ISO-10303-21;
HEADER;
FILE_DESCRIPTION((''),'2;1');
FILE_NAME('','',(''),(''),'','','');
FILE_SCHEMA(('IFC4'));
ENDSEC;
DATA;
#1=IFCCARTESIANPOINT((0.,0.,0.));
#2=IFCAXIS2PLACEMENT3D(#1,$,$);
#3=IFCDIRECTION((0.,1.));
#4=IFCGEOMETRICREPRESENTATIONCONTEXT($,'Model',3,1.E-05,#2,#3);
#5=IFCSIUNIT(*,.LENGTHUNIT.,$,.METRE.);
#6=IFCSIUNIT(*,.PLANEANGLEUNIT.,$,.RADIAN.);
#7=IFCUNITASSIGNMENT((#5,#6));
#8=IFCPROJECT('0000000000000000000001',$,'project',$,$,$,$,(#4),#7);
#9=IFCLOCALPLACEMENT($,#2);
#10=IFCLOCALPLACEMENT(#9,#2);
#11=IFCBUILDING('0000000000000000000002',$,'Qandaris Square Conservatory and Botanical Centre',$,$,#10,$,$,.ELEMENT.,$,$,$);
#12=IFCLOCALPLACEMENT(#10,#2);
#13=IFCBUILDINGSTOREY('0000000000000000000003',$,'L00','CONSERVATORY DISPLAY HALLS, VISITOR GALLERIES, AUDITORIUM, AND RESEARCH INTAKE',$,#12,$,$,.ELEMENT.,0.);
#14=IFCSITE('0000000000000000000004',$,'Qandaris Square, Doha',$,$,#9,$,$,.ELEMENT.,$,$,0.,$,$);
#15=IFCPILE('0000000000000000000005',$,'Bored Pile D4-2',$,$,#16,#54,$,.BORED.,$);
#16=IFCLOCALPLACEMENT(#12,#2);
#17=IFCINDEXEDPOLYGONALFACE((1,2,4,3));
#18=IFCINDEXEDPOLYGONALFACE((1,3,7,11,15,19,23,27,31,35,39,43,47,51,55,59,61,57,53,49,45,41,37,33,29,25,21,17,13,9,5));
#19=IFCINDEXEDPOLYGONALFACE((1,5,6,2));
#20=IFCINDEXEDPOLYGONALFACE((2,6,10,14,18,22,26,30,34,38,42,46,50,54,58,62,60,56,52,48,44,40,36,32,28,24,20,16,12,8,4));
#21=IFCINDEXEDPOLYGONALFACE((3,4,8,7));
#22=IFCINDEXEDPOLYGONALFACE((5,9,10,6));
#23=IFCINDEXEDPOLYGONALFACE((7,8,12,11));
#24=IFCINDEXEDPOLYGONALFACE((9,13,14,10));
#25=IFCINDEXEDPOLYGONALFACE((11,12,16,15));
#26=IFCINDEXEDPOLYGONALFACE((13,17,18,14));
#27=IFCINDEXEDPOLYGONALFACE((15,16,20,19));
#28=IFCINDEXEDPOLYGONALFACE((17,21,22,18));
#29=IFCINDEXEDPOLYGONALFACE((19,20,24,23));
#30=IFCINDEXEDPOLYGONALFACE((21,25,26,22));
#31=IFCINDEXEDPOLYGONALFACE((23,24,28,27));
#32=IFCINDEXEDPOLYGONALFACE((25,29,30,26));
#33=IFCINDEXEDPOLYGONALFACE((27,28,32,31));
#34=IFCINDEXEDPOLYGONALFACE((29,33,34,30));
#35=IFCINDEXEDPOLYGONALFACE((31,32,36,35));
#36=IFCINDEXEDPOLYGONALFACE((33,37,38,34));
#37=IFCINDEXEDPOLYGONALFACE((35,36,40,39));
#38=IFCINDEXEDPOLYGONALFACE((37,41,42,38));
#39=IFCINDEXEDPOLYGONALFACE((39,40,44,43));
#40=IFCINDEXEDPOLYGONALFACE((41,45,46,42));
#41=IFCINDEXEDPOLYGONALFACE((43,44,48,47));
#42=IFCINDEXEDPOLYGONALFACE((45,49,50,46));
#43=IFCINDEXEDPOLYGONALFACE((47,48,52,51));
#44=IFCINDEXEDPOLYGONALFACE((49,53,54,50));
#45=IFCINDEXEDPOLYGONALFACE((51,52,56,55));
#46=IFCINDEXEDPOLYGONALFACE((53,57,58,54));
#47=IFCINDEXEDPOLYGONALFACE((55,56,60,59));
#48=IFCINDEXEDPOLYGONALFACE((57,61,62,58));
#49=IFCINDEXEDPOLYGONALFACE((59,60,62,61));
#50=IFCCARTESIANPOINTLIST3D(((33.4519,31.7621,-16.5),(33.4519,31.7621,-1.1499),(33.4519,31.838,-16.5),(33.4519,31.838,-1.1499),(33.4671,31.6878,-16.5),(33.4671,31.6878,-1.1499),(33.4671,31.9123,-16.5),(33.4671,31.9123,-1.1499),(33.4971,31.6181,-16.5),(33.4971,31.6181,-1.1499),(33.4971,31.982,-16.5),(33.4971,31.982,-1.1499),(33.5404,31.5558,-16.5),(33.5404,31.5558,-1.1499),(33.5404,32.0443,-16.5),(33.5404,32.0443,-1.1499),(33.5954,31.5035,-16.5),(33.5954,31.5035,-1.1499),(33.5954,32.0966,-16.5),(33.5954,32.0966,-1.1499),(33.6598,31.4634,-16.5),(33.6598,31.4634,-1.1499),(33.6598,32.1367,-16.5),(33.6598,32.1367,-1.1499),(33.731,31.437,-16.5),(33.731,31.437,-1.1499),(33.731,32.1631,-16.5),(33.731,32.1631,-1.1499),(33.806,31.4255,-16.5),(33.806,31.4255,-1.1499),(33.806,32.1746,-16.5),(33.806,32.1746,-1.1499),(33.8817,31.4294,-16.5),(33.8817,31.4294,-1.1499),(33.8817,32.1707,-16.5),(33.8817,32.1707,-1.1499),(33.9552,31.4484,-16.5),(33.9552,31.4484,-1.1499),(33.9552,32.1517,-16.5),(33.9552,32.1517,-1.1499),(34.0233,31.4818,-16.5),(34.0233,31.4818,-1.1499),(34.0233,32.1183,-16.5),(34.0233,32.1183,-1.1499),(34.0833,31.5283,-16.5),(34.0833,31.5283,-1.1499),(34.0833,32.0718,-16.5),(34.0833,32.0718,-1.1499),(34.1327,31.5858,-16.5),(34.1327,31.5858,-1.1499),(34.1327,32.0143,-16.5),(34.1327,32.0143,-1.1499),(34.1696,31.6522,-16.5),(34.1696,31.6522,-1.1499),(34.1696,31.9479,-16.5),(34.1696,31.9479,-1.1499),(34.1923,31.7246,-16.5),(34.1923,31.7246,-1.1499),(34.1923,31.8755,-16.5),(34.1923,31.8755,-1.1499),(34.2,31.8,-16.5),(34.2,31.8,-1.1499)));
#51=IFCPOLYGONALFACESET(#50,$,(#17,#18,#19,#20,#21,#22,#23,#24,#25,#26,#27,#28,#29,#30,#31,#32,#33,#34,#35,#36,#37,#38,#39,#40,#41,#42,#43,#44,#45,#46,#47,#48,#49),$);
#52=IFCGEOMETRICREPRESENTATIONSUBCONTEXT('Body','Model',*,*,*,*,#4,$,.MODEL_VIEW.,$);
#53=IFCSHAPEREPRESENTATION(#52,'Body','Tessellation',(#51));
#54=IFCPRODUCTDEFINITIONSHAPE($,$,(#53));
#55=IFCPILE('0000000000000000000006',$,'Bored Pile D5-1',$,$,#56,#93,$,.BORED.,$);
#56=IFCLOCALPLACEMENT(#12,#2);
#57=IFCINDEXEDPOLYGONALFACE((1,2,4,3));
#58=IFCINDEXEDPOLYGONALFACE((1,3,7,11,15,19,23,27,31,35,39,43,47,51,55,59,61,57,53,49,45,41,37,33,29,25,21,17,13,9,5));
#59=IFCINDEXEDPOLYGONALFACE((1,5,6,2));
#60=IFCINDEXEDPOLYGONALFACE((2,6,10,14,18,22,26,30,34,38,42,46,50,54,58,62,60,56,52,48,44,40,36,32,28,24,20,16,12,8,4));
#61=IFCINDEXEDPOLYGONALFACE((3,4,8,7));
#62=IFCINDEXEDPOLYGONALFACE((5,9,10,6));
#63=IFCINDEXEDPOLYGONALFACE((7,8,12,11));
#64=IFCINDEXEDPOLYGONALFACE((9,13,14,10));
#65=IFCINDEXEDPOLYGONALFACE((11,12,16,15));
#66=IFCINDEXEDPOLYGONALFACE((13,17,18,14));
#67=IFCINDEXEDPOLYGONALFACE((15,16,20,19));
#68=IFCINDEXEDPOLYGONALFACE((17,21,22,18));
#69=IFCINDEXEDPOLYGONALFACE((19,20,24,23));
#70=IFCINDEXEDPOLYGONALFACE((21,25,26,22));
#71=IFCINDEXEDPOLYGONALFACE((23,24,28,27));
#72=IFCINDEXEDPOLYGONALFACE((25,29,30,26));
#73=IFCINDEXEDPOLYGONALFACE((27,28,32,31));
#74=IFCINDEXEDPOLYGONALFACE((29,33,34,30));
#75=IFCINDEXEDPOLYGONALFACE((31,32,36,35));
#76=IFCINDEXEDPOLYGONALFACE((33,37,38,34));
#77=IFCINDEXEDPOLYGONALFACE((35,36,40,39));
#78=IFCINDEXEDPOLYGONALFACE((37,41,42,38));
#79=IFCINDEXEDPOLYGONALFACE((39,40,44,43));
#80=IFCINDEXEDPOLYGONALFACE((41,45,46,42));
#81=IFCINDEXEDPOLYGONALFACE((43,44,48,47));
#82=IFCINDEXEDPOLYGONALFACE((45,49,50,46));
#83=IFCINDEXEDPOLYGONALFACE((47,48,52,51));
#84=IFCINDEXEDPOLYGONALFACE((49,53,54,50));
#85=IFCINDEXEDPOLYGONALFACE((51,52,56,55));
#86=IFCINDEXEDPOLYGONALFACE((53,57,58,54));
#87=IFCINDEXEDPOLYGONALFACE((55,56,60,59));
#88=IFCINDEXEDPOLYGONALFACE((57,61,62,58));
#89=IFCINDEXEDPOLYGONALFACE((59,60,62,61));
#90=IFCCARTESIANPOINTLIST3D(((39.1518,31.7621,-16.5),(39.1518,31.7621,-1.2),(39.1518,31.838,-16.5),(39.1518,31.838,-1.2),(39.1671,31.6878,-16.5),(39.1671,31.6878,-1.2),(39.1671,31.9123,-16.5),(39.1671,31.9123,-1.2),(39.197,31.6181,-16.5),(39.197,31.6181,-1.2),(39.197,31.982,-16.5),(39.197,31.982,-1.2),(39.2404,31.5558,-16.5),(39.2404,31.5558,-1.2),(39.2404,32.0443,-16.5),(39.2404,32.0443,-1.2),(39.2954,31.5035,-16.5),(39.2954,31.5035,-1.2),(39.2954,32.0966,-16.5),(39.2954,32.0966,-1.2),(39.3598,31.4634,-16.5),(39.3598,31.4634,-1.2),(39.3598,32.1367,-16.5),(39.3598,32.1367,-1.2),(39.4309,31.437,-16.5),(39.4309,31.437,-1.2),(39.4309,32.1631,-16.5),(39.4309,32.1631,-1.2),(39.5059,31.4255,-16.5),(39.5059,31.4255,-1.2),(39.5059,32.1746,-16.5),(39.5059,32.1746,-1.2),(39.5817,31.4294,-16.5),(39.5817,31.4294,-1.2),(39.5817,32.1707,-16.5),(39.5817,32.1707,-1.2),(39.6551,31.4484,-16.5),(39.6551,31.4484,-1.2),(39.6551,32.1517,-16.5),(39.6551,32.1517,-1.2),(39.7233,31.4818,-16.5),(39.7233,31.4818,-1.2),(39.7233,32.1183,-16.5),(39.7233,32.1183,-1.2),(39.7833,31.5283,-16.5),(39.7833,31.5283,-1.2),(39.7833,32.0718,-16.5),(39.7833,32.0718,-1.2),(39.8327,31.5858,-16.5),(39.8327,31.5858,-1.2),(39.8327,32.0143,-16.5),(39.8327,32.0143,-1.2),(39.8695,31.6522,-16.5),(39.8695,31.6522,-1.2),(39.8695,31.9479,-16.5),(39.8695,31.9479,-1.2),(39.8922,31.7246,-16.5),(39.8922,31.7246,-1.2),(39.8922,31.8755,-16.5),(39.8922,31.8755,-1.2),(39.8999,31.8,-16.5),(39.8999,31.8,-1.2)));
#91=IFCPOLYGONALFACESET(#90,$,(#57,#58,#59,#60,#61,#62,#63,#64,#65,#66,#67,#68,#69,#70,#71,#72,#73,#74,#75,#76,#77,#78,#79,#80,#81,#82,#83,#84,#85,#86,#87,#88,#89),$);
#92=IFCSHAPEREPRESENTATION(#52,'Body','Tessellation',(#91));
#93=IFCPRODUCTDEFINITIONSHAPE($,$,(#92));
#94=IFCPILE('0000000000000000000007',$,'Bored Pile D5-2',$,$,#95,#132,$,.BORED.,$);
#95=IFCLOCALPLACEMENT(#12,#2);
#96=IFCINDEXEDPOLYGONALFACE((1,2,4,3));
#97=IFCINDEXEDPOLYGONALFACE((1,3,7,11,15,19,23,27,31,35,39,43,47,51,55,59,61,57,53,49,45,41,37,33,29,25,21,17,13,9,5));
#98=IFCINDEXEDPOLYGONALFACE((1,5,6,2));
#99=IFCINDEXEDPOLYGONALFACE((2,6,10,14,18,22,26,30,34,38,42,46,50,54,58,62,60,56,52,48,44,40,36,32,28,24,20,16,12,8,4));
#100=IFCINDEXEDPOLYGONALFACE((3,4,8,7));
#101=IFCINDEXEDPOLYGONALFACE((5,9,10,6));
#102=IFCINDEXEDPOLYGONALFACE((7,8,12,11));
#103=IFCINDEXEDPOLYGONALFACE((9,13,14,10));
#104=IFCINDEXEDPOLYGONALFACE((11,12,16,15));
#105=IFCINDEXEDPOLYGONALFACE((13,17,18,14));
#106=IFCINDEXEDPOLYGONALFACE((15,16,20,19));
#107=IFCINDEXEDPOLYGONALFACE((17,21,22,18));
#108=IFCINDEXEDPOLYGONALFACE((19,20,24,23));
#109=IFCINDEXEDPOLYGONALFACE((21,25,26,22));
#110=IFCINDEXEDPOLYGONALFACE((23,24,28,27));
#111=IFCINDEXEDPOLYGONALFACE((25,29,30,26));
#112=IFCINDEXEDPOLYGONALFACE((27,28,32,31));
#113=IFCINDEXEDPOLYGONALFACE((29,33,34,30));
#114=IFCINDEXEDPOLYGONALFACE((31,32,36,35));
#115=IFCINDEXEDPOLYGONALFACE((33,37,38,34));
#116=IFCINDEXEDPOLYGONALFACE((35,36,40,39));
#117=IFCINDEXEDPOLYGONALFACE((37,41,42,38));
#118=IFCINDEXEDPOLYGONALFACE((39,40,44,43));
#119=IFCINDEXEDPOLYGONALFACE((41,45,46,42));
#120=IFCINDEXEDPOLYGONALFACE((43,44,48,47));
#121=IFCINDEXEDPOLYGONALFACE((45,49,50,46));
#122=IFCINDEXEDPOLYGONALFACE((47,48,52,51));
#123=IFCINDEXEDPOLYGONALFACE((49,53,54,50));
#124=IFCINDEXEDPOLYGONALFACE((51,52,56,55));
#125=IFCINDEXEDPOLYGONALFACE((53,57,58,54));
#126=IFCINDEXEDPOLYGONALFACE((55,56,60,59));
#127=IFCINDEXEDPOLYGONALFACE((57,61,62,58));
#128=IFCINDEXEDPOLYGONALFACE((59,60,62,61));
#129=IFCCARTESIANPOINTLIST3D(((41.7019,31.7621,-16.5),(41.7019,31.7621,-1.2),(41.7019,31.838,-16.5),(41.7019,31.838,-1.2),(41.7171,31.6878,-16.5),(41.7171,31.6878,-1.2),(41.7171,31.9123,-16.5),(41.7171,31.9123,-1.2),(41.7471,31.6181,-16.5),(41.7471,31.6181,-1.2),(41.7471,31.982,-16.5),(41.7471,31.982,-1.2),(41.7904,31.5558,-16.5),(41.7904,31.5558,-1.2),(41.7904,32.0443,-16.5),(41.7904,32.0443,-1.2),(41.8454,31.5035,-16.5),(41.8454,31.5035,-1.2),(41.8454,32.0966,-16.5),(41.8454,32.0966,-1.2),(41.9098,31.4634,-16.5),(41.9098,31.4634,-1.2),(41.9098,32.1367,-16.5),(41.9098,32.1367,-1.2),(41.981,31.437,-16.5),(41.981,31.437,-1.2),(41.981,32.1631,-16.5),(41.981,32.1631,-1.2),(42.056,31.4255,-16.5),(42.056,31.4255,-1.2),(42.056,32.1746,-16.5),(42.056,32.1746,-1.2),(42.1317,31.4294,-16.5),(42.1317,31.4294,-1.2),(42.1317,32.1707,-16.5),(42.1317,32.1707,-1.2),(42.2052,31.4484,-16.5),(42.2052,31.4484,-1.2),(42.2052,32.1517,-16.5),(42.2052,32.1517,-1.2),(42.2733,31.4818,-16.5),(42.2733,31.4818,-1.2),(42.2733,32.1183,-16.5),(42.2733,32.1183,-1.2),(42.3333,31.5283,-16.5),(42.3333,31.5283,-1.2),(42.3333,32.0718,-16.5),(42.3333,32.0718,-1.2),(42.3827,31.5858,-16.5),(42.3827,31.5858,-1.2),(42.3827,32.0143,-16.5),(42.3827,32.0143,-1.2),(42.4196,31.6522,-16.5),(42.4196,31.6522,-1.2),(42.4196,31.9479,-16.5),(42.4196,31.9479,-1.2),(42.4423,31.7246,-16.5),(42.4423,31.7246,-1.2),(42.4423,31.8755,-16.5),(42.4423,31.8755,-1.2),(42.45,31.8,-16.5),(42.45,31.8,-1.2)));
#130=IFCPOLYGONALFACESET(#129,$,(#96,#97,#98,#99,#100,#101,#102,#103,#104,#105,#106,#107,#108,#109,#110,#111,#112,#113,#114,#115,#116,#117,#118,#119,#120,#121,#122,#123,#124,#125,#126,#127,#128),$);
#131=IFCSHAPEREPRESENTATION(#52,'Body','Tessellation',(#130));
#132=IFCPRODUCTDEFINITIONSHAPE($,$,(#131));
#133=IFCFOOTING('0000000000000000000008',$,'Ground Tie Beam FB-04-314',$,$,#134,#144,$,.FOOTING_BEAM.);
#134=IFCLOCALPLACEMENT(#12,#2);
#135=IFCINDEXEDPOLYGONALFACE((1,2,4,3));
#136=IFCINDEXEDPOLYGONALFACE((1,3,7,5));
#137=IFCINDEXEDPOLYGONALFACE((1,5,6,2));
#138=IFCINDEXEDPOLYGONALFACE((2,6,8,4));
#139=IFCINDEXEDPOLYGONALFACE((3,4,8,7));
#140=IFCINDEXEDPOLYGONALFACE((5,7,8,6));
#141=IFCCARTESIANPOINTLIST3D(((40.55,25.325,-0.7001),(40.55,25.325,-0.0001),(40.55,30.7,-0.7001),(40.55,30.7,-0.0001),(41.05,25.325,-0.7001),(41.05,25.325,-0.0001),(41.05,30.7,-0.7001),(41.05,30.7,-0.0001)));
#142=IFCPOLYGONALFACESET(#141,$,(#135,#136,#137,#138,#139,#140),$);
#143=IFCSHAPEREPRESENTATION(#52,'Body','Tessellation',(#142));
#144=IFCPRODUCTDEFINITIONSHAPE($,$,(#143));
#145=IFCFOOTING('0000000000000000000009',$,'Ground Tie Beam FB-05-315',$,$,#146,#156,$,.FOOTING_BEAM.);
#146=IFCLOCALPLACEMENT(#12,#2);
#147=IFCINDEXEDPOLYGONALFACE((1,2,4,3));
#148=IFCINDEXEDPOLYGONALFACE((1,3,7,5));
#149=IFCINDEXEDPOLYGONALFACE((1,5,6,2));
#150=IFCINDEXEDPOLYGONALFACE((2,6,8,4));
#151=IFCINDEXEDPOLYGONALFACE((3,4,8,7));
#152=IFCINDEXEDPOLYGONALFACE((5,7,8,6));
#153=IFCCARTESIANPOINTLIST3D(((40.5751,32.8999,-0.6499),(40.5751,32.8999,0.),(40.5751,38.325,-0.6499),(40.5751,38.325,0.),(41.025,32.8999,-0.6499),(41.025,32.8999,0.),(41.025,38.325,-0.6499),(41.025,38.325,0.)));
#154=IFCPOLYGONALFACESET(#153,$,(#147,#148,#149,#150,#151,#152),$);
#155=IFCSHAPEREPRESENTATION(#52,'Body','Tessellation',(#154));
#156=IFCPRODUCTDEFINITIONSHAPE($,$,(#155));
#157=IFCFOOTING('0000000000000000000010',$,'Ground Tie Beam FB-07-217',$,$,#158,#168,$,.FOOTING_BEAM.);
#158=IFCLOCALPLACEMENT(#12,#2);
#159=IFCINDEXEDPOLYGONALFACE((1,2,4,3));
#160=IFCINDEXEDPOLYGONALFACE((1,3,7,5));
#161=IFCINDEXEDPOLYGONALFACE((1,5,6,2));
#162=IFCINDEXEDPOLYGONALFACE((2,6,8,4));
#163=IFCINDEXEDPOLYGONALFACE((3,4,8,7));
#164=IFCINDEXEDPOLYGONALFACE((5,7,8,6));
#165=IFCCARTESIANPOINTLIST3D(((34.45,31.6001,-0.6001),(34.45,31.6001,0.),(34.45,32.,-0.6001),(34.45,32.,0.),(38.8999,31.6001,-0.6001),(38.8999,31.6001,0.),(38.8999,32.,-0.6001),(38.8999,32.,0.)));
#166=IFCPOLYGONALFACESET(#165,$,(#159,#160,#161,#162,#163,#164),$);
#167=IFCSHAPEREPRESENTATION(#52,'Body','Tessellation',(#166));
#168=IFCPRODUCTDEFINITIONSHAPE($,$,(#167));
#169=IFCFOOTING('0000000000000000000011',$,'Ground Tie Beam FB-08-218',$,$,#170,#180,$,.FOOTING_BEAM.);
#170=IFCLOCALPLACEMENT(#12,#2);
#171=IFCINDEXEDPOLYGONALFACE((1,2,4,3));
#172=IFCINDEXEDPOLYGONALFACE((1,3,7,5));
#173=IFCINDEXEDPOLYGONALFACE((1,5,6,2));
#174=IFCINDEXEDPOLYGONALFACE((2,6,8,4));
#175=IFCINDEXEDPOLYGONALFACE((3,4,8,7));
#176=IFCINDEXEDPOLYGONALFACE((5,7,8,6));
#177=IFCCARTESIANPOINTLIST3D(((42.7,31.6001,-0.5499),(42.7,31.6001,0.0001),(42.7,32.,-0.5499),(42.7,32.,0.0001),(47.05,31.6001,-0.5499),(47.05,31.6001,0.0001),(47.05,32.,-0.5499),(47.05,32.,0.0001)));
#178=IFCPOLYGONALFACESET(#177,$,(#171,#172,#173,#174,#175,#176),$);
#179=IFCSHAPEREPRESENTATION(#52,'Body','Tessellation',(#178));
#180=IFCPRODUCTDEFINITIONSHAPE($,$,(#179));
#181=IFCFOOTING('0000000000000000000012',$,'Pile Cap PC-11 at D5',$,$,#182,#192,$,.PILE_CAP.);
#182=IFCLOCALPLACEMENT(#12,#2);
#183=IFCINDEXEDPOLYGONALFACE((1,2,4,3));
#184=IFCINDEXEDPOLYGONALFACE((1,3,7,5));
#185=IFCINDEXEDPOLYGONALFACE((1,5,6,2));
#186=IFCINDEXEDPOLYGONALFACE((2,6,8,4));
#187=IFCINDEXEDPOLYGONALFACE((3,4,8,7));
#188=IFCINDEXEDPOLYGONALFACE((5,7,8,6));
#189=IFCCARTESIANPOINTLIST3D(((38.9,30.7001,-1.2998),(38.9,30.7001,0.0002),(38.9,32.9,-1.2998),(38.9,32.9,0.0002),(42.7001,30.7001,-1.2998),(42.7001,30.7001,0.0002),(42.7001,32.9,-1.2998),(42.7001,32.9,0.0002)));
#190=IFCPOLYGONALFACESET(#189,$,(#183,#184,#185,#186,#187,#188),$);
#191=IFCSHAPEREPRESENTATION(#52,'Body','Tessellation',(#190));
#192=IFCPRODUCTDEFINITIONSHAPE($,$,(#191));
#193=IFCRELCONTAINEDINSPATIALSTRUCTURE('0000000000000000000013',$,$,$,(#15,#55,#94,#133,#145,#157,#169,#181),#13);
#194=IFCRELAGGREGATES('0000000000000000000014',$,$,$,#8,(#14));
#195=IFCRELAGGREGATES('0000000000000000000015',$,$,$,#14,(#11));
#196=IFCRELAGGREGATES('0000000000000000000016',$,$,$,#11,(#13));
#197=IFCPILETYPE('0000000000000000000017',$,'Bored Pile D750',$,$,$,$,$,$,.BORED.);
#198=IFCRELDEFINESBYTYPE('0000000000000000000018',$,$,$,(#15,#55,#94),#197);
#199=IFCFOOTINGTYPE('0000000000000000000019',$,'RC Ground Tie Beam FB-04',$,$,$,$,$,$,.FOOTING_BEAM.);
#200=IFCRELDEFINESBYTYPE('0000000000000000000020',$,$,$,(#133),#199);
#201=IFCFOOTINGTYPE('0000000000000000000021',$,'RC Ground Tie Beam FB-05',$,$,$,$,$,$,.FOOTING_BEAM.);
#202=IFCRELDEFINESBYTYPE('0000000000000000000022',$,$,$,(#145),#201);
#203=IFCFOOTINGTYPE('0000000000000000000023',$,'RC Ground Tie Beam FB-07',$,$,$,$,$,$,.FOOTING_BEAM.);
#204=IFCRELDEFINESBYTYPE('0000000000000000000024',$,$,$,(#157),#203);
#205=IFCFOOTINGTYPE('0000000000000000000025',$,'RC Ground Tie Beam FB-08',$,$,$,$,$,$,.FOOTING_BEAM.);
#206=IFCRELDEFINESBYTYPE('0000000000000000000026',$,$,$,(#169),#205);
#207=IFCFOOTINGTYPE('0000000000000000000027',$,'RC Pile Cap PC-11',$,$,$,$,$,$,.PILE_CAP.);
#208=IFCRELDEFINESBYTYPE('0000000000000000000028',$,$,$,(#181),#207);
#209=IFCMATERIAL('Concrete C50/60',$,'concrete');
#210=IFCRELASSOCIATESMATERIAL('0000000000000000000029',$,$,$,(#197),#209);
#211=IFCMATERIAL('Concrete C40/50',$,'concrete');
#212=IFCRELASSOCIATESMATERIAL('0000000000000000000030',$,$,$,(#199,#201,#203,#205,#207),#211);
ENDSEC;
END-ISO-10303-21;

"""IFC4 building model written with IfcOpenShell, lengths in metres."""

from ifc_helpers import new_model, si_unit, direction, frame, origin, origin_2d, place, context, subcontext, project, spatial, rectangle, circle, extrude, material, material_profile, profile_set, type_object, element, save


model = new_model("IFC4")

# Units and contexts
model_context = context("Model", 3, precision=1e-05, world=origin(), true_north=direction((0.0, 1.0)))
body_context = subcontext(model_context, "Body", "Model", "MODEL_VIEW")
ifc_project = project(units=[si_unit("LENGTHUNIT", "METRE"), si_unit("PLANEANGLEUNIT", "RADIAN")], contexts=[model_context])

# Site, building, storey
site_placement = place(None, origin())
site = spatial("IfcSite", under=ifc_project, at=site_placement, Name="Qandaris Square, Doha", CompositionType="ELEMENT", RefElevation=0.0)
building_placement = place(site_placement, origin())
building = spatial("IfcBuilding", under=site, at=building_placement, Name="Qandaris Square Conservatory and Botanical Centre", CompositionType="ELEMENT")
storey_placement = place(building_placement, origin())
storey = spatial("IfcBuildingStorey", under=building, at=storey_placement, Name="L00", Description="CONSERVATORY DISPLAY HALLS, VISITOR GALLERIES, AUDITORIUM, AND RESEARCH INTAKE", CompositionType="ELEMENT", Elevation=0.0)

# Piles
ifc_material_1 = material(Name="Concrete C50/60", Category="concrete")
ifc_material_profile_1 = material_profile(ifc_material_1, circle(Radius=0.375, at=origin_2d()), Name="PILE D750")
ifc_profile_set_1 = profile_set([ifc_material_profile_1], Name="Concrete C50/60")
pile_type = type_object("IfcPileType", Name="Bored Pile D750", PredefinedType="BORED", material=ifc_profile_set_1)
pile_placement = place(storey_placement, frame((33.825, 31.8, -1.1499), z_axis=(0.0, 0.0, -1.0), x_axis=(1.0, 0.0, 0.0)))
element("IfcPile", 1, at=pile_placement, inside=storey, type_object=pile_type, Name="Bored Pile D4-2", PredefinedType="BORED", context=body_context, shape_type="SweptSolid", body=[
    extrude(circle(Radius=0.375, at=origin_2d()), origin(), (0.0, 0.0, 1.0), 15.3501),
])
for number, where, z_axis, x_axis, name in (
    (2, (39.5249, 31.8, -1.2), (0.0, 0.0, -1.0), (1.0, 0.0, 0.0), "Bored Pile D5-1"),
    (3, (42.075, 31.8, -1.2), (0.0, 0.0, -1.0), (1.0, 0.0, 0.0), "Bored Pile D5-2"),
):
    element("IfcPile", number, at=place(storey_placement, frame(where, z_axis=z_axis, x_axis=x_axis)), inside=storey, type_object=pile_type, Name=name, PredefinedType="BORED", context=body_context, shape_type="SweptSolid", body=[
        extrude(circle(Radius=0.375, at=origin_2d()), origin(), (0.0, 0.0, 1.0), 15.3),
    ])

# Footings
ifc_material_2 = material(Name="Concrete C40/50", Category="concrete")
ifc_material_profile_2 = material_profile(ifc_material_2, rectangle(XDim=0.5, YDim=0.7, at=origin_2d()), Name="FB 500x700")
ifc_profile_set_2 = profile_set([ifc_material_profile_2], Name="Concrete C40/50")
footing_type_1 = type_object("IfcFootingType", Name="RC Ground Tie Beam FB-04", PredefinedType="FOOTING_BEAM", material=ifc_profile_set_2)
footing_1_placement = place(storey_placement, frame((40.8, 25.325, -0.3501), z_axis=(0.0, 1.0, 0.0), x_axis=(-1.0, 0.0, 0.0)))
element("IfcFooting", 4, at=footing_1_placement, inside=storey, type_object=footing_type_1, Name="Ground Tie Beam FB-04-314", PredefinedType="FOOTING_BEAM", context=body_context, shape_type="SweptSolid", body=[
    extrude(rectangle(XDim=0.5, YDim=0.7, at=origin_2d()), origin(), (0.0, 0.0, 1.0), 5.375),
])
ifc_material_profile_3 = material_profile(ifc_material_2, rectangle(XDim=0.45, YDim=0.6499, at=origin_2d()), Name="FB 450x650")
ifc_profile_set_3 = profile_set([ifc_material_profile_3], Name="Concrete C40/50")
footing_type_2 = type_object("IfcFootingType", Name="RC Ground Tie Beam FB-05", PredefinedType="FOOTING_BEAM", material=ifc_profile_set_3)
footing_2_placement = place(storey_placement, frame((40.8, 32.8999, -0.325), z_axis=(0.0, 1.0, 0.0), x_axis=(-1.0, 0.0, 0.0)))
element("IfcFooting", 5, at=footing_2_placement, inside=storey, type_object=footing_type_2, Name="Ground Tie Beam FB-05-315", PredefinedType="FOOTING_BEAM", context=body_context, shape_type="SweptSolid", body=[
    extrude(rectangle(XDim=0.45, YDim=0.6499, at=origin_2d()), origin(), (0.0, 0.0, 1.0), 5.425),
])
ifc_material_profile_4 = material_profile(ifc_material_2, rectangle(XDim=0.3999, YDim=0.6001, at=origin_2d()), Name="FB 400x600")
ifc_profile_set_4 = profile_set([ifc_material_profile_4], Name="Concrete C40/50")
footing_type_3 = type_object("IfcFootingType", Name="RC Ground Tie Beam FB-07", PredefinedType="FOOTING_BEAM", material=ifc_profile_set_4)
footing_3_placement = place(storey_placement, frame((34.45, 31.8, -0.3), z_axis=(1.0, 0.0, 0.0), x_axis=(0.0, 1.0, 0.0)))
element("IfcFooting", 6, at=footing_3_placement, inside=storey, type_object=footing_type_3, Name="Ground Tie Beam FB-07-217", PredefinedType="FOOTING_BEAM", context=body_context, shape_type="SweptSolid", body=[
    extrude(rectangle(XDim=0.3999, YDim=0.6001, at=origin_2d()), origin(), (0.0, 0.0, 1.0), 4.45),
])
ifc_material_profile_5 = material_profile(ifc_material_2, rectangle(XDim=0.3999, YDim=0.55, at=origin_2d()), Name="FB 400x550")
ifc_profile_set_5 = profile_set([ifc_material_profile_5], Name="Concrete C40/50")
footing_type_4 = type_object("IfcFootingType", Name="RC Ground Tie Beam FB-08", PredefinedType="FOOTING_BEAM", material=ifc_profile_set_5)
footing_4_placement = place(storey_placement, frame((42.7, 31.8, -0.2749), z_axis=(1.0, 0.0, 0.0), x_axis=(0.0, 1.0, 0.0)))
element("IfcFooting", 7, at=footing_4_placement, inside=storey, type_object=footing_type_4, Name="Ground Tie Beam FB-08-218", PredefinedType="FOOTING_BEAM", context=body_context, shape_type="SweptSolid", body=[
    extrude(rectangle(XDim=0.3999, YDim=0.55, at=origin_2d()), origin(), (0.0, 0.0, 1.0), 4.3501),
])
footing_type_5 = type_object("IfcFootingType", Name="RC Pile Cap PC-11", PredefinedType="PILE_CAP", material=ifc_material_2)
footing_5_placement = place(storey_placement, frame((40.8, 31.8, -1.2998), z_axis=(0.0, 0.0, 1.0), x_axis=(1.0, 0.0, 0.0)))
element("IfcFooting", 8, at=footing_5_placement, inside=storey, type_object=footing_type_5, Name="Pile Cap PC-11 at D5", PredefinedType="PILE_CAP", context=body_context, shape_type="SweptSolid", body=[
    extrude(rectangle(XDim=3.8, YDim=2.2, at=origin_2d()), origin(), (0.0, 0.0, 1.0), 1.3),
])

save(model, "model.ifc")
